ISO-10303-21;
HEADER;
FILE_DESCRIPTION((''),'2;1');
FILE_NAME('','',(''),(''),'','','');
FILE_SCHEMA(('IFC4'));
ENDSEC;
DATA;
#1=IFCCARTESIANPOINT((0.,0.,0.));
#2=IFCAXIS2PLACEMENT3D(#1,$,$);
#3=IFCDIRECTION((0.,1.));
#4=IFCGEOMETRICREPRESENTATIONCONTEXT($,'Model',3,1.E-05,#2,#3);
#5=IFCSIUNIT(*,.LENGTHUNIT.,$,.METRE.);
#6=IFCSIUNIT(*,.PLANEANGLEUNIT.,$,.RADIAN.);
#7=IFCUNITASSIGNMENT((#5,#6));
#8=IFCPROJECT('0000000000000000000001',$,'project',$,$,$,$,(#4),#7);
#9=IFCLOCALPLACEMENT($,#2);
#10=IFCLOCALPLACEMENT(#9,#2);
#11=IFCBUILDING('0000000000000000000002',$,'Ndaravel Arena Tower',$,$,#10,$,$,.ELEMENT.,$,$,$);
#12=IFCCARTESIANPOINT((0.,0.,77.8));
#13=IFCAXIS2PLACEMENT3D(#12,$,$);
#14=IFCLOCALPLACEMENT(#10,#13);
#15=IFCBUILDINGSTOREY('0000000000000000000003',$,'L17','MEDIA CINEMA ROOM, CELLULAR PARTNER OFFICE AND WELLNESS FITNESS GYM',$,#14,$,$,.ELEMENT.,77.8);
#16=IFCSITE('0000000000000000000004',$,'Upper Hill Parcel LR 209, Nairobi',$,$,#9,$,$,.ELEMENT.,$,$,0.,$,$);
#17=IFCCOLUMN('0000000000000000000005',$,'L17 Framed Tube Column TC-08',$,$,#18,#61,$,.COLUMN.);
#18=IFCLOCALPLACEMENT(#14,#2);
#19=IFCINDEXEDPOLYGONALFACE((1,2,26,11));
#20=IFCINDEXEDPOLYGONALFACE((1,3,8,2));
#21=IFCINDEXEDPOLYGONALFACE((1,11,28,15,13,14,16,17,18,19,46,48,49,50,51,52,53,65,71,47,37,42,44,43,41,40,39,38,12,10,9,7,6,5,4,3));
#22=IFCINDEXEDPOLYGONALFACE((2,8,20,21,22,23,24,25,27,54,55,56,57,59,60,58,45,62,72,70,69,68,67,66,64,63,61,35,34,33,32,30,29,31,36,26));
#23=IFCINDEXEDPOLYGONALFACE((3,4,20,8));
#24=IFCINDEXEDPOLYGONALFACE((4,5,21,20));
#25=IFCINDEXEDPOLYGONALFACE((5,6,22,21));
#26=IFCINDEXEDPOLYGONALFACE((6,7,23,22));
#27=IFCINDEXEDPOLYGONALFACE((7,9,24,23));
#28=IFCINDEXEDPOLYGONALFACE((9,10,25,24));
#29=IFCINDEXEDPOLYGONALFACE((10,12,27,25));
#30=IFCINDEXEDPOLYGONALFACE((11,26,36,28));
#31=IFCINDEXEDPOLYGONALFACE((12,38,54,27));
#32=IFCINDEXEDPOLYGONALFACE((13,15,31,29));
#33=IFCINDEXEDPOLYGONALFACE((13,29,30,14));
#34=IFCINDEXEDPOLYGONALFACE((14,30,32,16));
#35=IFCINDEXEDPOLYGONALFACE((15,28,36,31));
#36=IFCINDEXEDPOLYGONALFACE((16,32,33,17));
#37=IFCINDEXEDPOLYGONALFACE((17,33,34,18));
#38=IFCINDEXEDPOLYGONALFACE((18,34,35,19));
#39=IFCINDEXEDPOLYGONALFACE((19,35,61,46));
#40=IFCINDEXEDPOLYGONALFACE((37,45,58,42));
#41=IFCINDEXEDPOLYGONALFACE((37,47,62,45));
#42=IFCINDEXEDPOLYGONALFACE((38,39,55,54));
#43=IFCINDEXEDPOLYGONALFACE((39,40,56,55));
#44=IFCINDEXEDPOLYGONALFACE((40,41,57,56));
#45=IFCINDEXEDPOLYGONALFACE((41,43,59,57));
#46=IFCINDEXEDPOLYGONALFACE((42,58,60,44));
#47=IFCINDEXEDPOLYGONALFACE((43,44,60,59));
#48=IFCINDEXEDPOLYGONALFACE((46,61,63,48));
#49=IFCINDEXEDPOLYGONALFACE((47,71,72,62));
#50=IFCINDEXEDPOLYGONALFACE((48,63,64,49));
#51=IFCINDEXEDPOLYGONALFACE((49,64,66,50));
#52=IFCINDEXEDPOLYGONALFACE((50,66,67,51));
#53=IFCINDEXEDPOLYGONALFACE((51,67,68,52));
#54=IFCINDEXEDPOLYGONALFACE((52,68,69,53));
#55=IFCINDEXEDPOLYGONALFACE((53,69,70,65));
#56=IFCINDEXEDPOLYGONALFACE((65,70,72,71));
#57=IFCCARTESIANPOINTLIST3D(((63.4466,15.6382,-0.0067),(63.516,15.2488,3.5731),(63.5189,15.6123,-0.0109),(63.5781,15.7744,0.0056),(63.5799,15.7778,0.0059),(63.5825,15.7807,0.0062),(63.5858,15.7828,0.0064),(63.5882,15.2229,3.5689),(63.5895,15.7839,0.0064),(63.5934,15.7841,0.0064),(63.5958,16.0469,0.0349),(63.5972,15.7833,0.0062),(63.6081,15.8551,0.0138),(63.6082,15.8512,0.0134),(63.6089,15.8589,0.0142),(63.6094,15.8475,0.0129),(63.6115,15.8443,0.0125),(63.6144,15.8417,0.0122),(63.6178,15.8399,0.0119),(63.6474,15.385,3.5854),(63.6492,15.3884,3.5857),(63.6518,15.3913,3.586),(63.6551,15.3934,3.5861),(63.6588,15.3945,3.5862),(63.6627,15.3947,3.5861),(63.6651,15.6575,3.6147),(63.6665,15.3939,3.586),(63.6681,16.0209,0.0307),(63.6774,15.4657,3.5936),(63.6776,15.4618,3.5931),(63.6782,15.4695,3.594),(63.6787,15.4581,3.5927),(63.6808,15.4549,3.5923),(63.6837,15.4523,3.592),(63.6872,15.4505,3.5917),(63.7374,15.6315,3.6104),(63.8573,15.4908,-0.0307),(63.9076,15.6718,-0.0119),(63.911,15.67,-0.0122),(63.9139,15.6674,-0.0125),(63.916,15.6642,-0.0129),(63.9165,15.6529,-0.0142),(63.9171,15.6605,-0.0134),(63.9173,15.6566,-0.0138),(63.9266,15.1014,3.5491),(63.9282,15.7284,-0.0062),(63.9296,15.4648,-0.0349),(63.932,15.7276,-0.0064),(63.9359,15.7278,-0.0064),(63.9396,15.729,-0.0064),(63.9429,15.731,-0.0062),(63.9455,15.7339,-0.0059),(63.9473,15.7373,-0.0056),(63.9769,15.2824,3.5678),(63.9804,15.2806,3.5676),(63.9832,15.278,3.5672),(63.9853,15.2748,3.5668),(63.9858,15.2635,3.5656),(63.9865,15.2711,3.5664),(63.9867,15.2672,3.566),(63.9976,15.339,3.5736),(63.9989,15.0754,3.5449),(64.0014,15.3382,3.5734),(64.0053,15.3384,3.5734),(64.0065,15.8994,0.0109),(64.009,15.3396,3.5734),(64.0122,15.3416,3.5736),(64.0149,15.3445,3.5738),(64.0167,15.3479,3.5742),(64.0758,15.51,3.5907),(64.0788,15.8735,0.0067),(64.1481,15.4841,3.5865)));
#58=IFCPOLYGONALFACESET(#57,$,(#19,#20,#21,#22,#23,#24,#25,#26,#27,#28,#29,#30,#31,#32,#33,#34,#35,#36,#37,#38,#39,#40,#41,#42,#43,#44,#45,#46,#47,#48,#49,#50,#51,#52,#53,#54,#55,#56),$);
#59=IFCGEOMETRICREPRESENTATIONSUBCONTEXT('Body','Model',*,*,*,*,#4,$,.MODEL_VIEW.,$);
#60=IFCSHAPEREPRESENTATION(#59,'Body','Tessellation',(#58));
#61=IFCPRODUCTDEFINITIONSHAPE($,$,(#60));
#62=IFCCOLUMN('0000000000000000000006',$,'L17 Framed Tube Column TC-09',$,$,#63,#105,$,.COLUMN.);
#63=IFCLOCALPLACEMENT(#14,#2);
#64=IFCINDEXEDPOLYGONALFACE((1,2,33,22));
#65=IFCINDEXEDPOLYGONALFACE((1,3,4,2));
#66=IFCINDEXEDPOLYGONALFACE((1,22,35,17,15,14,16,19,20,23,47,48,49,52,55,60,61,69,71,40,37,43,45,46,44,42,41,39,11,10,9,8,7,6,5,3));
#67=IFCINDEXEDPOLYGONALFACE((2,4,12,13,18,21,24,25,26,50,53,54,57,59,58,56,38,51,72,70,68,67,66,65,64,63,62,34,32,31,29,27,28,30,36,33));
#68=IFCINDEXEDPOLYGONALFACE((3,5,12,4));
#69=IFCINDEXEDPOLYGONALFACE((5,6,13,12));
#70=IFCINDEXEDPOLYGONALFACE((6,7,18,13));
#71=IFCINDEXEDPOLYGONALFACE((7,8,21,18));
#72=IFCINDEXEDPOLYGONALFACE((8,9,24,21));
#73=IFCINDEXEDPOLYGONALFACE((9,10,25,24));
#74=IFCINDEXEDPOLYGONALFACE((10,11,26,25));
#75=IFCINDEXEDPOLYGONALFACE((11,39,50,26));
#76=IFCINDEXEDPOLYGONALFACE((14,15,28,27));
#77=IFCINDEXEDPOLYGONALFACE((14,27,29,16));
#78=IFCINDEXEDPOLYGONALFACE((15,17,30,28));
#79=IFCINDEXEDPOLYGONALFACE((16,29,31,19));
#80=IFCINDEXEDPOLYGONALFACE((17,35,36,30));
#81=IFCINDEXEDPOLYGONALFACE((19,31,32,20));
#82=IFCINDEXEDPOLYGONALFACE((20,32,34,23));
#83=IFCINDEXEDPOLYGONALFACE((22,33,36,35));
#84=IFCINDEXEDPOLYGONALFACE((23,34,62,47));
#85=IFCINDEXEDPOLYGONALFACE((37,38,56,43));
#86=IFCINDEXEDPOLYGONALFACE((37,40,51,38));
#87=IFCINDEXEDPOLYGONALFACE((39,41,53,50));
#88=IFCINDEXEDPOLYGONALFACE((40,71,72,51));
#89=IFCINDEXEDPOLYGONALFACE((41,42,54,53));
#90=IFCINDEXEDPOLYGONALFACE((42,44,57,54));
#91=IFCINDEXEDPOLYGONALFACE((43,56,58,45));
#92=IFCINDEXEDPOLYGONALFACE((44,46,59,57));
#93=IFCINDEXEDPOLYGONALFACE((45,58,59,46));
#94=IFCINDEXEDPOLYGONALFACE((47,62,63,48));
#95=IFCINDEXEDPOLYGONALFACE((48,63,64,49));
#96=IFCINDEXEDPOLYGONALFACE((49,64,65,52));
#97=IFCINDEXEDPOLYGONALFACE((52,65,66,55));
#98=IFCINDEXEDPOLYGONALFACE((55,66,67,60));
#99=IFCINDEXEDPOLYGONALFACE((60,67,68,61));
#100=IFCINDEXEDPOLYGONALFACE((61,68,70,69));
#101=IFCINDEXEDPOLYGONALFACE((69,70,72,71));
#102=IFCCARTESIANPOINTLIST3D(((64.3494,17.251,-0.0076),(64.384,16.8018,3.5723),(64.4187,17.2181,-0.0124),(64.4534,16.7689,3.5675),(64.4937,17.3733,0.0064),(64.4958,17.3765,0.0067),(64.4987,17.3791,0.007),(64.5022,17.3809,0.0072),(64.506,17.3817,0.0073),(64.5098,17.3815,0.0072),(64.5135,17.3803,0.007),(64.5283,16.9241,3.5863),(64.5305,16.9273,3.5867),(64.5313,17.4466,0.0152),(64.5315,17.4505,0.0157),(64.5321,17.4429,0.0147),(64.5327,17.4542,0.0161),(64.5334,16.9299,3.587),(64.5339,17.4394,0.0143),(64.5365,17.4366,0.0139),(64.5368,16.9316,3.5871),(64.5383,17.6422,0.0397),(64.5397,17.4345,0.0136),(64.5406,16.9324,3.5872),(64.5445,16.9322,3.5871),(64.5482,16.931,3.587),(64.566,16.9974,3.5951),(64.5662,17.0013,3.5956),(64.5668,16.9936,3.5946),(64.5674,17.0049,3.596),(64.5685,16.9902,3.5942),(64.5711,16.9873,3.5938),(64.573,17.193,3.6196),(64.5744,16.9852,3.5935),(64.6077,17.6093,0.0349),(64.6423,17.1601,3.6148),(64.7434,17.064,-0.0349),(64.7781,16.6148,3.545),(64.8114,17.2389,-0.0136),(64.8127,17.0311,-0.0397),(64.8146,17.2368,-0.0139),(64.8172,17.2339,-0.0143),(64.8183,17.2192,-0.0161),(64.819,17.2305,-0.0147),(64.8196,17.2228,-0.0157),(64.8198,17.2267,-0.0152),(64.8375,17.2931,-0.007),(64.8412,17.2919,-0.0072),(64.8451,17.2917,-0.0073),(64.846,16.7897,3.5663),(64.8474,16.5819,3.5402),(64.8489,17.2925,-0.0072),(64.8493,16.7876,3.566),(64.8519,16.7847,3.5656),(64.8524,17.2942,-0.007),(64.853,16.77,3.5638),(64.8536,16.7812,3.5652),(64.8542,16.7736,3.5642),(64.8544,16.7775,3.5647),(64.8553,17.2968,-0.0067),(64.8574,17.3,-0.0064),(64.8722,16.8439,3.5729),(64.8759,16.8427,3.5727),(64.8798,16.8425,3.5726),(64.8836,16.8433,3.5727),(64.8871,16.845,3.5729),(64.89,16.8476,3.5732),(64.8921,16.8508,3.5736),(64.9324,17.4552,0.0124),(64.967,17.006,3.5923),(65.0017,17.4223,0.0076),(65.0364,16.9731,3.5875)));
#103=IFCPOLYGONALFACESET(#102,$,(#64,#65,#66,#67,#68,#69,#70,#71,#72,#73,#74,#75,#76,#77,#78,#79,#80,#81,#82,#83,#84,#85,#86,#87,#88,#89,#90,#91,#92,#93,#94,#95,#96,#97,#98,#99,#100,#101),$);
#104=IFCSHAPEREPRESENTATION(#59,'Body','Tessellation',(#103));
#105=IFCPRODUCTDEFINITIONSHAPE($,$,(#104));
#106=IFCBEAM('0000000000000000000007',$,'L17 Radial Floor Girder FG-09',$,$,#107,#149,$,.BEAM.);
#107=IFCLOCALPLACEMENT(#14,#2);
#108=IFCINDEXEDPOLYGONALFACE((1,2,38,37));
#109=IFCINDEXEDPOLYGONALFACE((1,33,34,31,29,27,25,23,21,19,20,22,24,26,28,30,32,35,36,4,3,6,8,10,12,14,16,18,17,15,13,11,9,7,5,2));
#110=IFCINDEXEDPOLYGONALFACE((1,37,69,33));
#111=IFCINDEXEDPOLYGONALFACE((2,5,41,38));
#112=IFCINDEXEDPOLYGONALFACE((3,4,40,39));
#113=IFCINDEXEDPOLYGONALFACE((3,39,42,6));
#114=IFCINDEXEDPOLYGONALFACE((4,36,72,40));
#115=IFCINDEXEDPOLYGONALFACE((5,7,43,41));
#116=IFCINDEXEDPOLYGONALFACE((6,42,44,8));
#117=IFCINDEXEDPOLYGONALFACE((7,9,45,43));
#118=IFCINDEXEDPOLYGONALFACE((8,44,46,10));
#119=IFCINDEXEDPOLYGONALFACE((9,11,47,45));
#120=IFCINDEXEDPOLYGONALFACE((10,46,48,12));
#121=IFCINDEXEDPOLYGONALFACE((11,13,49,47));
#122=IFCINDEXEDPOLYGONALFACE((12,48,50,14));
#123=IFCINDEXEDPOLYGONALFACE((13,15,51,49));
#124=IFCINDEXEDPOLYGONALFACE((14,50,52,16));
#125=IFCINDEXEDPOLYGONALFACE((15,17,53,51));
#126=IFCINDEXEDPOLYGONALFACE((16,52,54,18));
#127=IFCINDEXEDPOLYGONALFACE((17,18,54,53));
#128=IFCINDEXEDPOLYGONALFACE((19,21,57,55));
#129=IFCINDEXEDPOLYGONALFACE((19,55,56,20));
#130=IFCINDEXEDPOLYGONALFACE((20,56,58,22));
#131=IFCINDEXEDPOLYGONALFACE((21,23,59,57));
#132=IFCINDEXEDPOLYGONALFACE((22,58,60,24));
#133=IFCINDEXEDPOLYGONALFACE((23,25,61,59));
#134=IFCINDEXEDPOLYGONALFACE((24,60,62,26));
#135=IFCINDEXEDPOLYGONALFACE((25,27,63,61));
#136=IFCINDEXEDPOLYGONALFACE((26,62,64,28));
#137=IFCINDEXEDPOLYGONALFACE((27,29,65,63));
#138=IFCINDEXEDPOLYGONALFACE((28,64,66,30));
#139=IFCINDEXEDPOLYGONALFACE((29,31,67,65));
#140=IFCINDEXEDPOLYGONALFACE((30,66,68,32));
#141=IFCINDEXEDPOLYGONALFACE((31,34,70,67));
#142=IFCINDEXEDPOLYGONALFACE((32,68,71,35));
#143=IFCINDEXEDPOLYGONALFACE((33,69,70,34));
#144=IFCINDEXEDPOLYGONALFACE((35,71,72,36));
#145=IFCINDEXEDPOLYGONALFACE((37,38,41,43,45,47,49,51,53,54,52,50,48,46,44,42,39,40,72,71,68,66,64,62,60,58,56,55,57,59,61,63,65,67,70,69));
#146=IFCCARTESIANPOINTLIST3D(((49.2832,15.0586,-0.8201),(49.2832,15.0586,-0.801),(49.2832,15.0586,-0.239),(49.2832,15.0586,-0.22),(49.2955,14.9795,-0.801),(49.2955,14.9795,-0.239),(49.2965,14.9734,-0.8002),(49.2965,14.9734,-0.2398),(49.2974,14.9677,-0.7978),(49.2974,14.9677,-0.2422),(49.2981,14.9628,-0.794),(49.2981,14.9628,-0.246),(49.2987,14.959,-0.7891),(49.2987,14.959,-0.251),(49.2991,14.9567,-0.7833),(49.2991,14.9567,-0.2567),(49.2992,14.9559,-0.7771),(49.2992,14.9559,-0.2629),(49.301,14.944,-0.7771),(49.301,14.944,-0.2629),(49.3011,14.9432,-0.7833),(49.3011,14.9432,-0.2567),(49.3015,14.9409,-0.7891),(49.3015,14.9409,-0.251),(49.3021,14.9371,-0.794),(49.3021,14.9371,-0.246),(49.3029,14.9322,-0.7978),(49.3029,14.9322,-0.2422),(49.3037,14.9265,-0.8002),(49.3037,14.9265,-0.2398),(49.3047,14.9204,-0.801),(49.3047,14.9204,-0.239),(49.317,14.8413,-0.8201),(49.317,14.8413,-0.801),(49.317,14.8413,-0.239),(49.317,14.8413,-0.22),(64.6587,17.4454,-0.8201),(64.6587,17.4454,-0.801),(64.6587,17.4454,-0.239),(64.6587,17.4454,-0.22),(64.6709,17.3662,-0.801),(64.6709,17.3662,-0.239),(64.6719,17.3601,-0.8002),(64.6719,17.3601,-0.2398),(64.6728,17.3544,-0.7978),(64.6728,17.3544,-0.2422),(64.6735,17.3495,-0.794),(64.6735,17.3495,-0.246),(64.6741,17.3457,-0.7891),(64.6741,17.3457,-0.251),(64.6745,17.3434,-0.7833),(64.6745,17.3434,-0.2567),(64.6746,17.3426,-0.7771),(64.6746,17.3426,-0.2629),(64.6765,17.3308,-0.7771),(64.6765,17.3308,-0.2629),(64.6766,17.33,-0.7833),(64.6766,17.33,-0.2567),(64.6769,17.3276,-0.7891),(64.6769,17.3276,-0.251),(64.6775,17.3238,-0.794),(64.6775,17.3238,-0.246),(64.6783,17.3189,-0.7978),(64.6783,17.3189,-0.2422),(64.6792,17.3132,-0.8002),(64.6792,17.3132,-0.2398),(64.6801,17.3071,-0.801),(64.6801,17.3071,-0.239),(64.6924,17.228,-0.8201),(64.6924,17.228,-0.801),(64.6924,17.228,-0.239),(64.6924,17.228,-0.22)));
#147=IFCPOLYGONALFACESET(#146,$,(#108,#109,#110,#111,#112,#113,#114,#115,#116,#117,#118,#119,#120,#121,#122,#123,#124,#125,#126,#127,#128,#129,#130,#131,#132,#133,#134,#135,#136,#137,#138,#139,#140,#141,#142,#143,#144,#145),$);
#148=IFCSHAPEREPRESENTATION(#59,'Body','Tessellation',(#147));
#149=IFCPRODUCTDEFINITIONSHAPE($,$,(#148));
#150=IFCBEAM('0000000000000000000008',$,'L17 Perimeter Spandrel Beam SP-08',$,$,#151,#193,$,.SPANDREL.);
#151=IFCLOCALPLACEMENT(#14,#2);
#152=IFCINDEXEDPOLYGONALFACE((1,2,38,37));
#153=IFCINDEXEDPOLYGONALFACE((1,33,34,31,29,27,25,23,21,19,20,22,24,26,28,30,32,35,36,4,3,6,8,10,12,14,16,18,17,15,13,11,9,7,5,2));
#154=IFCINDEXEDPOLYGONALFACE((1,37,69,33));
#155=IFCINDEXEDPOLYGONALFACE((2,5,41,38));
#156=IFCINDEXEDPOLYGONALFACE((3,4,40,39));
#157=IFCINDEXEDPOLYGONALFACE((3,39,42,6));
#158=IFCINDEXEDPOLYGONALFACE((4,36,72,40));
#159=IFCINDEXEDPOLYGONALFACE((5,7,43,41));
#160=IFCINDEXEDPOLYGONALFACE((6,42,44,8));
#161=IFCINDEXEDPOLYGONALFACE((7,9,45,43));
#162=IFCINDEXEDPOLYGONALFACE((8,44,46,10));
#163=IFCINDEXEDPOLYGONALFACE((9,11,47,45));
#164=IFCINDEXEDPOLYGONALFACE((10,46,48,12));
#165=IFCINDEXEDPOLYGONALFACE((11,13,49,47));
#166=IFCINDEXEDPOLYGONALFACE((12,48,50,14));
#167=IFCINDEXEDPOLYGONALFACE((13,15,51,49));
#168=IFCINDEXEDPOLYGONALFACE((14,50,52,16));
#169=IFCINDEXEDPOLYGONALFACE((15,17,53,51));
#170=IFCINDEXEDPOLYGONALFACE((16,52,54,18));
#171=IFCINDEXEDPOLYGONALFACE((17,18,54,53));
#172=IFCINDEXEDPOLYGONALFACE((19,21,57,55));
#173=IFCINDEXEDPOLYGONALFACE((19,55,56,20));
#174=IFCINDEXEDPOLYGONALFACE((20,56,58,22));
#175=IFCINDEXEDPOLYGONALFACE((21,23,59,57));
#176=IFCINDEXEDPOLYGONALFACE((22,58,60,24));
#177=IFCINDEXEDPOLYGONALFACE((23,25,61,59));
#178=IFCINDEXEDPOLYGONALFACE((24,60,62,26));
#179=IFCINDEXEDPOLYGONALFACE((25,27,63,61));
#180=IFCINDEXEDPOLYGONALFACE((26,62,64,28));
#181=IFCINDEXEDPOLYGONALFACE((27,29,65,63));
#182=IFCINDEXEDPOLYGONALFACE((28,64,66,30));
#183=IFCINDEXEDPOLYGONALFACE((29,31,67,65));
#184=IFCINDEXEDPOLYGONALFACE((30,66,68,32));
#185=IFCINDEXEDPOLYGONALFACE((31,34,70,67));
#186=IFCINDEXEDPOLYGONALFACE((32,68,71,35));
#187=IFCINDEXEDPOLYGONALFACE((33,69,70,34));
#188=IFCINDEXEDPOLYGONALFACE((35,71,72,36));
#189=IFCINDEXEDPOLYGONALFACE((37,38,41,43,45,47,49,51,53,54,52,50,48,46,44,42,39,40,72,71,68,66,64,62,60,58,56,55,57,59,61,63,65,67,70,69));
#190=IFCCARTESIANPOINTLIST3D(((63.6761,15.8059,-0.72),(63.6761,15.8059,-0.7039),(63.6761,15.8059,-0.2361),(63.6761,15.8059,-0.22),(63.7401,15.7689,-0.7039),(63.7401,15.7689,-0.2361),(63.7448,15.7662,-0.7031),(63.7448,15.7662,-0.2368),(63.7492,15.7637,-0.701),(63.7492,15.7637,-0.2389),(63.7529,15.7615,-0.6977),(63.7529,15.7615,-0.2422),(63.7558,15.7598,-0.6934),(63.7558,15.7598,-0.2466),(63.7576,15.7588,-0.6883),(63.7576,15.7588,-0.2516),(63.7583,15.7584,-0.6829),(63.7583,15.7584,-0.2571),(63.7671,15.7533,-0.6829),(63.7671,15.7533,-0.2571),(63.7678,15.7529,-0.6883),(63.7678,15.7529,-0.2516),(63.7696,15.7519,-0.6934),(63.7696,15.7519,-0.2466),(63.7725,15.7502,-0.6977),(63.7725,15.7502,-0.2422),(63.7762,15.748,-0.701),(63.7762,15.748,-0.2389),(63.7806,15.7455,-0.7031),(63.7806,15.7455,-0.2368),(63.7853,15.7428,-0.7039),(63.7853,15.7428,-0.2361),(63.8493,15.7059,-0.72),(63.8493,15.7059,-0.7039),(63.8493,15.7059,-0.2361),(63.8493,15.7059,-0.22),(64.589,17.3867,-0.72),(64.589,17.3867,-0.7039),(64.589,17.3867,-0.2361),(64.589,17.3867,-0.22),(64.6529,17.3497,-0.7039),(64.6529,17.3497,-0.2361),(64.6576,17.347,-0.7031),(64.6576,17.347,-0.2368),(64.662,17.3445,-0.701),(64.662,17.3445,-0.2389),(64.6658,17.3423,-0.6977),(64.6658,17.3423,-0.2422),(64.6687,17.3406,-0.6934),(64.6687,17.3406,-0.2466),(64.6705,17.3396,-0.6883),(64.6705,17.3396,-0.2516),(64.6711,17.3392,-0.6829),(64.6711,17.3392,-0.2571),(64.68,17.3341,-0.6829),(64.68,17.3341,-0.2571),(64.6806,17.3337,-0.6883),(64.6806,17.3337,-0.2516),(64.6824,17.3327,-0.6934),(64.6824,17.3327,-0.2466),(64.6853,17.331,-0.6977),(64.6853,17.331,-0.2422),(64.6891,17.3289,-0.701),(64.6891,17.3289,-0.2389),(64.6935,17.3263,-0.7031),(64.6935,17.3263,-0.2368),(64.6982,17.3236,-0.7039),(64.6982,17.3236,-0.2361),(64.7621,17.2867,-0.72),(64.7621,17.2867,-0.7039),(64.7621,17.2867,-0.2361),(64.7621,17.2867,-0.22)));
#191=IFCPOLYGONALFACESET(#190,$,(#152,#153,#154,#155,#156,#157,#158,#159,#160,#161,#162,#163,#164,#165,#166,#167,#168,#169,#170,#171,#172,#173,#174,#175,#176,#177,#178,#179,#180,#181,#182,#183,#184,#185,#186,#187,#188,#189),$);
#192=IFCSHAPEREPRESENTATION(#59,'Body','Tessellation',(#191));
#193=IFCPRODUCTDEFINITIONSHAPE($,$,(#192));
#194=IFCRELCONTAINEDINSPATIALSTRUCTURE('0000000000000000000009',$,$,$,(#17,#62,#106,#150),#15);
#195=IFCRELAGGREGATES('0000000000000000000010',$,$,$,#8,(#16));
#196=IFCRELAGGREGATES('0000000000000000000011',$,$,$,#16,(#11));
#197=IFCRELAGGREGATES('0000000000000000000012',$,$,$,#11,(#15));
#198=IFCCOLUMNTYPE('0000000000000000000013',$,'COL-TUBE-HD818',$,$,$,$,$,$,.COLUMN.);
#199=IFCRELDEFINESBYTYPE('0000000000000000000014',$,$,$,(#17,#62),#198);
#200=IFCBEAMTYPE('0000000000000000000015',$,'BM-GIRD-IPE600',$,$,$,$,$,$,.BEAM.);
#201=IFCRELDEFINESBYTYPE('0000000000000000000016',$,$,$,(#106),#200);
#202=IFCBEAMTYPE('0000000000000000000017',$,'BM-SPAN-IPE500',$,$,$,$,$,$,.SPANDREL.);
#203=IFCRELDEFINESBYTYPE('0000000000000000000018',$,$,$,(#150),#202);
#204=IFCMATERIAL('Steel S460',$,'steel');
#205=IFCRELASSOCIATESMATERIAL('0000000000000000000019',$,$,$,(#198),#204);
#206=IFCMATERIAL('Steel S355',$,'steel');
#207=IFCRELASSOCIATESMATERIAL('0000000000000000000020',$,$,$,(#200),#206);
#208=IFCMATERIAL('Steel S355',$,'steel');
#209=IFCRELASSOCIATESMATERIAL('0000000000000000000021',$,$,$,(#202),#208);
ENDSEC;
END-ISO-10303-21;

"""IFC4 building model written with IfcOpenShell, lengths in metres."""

from ifc_helpers import new_model, si_unit, direction, frame, origin, origin_2d, place, context, subcontext, project, spatial, i_section, extrude, material, material_profile, profile_set, type_object, element, save


model = new_model("IFC4")

# Units and contexts
model_context = context("Model", 3, precision=1e-05, world=origin(), true_north=direction((0.0, 1.0)))
body_context = subcontext(model_context, "Body", "Model", "MODEL_VIEW")
ifc_project = project(units=[si_unit("LENGTHUNIT", "METRE"), si_unit("PLANEANGLEUNIT", "RADIAN")], contexts=[model_context])

# Site, building, storey
site_placement = place(None, origin())
site = spatial("IfcSite", under=ifc_project, at=site_placement, Name="Upper Hill Parcel LR 209, Nairobi", CompositionType="ELEMENT", RefElevation=0.0)
building_placement = place(site_placement, origin())
building = spatial("IfcBuilding", under=site, at=building_placement, Name="Ndaravel Arena Tower", CompositionType="ELEMENT")
storey_placement = place(building_placement, frame((0.0, 0.0, 77.8)))
storey = spatial("IfcBuildingStorey", under=building, at=storey_placement, Name="L17", Description="MEDIA CINEMA ROOM, CELLULAR PARTNER OFFICE AND WELLNESS FITNESS GYM", CompositionType="ELEMENT", Elevation=77.8)

# Columns
ifc_material_1 = material(Name="Steel S460", Category="steel")
ifc_material_profile_1 = material_profile(ifc_material_1, i_section(OverallWidth=0.437, OverallDepth=0.5139, WebThickness=0.0605, FlangeThickness=0.0769, FilletRadius=0.0149, at=origin_2d()), Name="HD 400x818")
ifc_profile_set_1 = profile_set([ifc_material_profile_1], Name="Steel S460")
column_type = type_object("IfcColumnType", Name="COL-TUBE-HD818", PredefinedType="COLUMN", material=ifc_profile_set_1)
column_1_placement = place(storey_placement, frame((63.7627, 15.7559, 0.0), z_axis=(0.019251, -0.108119, 0.993952), x_axis=(0.341362, 0.935108, 0.095107)))
element("IfcColumn", 1, at=column_1_placement, inside=storey, type_object=column_type, Name="L17 Framed Tube Column TC-08", PredefinedType="COLUMN", context=body_context, shape_type="SweptSolid", body=[
    extrude(i_section(OverallWidth=0.437, OverallDepth=0.5139, WebThickness=0.0605, FlangeThickness=0.0769, FilletRadius=0.0149, at=origin_2d()), origin(), (0.0, 0.0, 1.0), 3.6016),
])
column_2_placement = place(storey_placement, frame((64.6755, 17.3367, 0.0), z_axis=(0.009608, -0.124504, 0.992173), x_axis=(0.432403, 0.895172, 0.108144)))
element("IfcColumn", 2, at=column_2_placement, inside=storey, type_object=column_type, Name="L17 Framed Tube Column TC-09", PredefinedType="COLUMN", context=body_context, shape_type="SweptSolid", body=[
    extrude(i_section(OverallWidth=0.437, OverallDepth=0.5139, WebThickness=0.0605, FlangeThickness=0.0769, FilletRadius=0.0149, at=origin_2d()), origin(), (0.0, 0.0, 1.0), 3.6082),
])

# Beams
ifc_material_2 = material(Name="Steel S355", Category="steel")
ifc_material_profile_2 = material_profile(ifc_material_2, i_section(OverallWidth=0.22, OverallDepth=0.6001, WebThickness=0.012, FlangeThickness=0.019, FilletRadius=0.0239, at=origin_2d()), Name="IPE 600")
ifc_profile_set_2 = profile_set([ifc_material_profile_2], Name="Steel S355")
beam_type_1 = type_object("IfcBeamType", Name="BM-GIRD-IPE600", PredefinedType="BEAM", material=ifc_profile_set_2)
beam_1_placement = place(storey_placement, frame((64.6755, 17.3367, -0.52), z_axis=(-0.988165, -0.153392, 0.0), x_axis=(0.153392, -0.988165, 0.0)))
element("IfcBeam", 3, at=beam_1_placement, inside=storey, type_object=beam_type_1, Name="L17 Radial Floor Girder FG-09", PredefinedType="BEAM", context=body_context, shape_type="SweptSolid", body=[
    extrude(i_section(OverallWidth=0.22, OverallDepth=0.6001, WebThickness=0.012, FlangeThickness=0.019, FilletRadius=0.0239, at=origin_2d()), origin(), (0.0, 0.0, 1.0), 15.5596),
])
ifc_material_3 = material(Name="Steel S355", Category="steel")
ifc_material_profile_3 = material_profile(ifc_material_3, i_section(OverallWidth=0.2, OverallDepth=0.5, WebThickness=0.0103, FlangeThickness=0.0161, FilletRadius=0.021, at=origin_2d()), Name="IPE 500")
ifc_profile_set_3 = profile_set([ifc_material_profile_3], Name="Steel S355")
beam_type_2 = type_object("IfcBeamType", Name="BM-SPAN-IPE500", PredefinedType="SPANDREL", material=ifc_profile_set_3)
beam_2_placement = place(storey_placement, frame((63.7627, 15.7559, -0.47), z_axis=(0.500066, 0.865987, 0.0), x_axis=(-0.865987, 0.500066, 0.0)))
element("IfcBeam", 4, at=beam_2_placement, inside=storey, type_object=beam_type_2, Name="L17 Perimeter Spandrel Beam SP-08", PredefinedType="SPANDREL", context=body_context, shape_type="SweptSolid", body=[
    extrude(i_section(OverallWidth=0.2, OverallDepth=0.5, WebThickness=0.0103, FlangeThickness=0.0161, FilletRadius=0.021, at=origin_2d()), origin(), (0.0, 0.0, 1.0), 1.8254),
])

save(model, "model.ifc")
